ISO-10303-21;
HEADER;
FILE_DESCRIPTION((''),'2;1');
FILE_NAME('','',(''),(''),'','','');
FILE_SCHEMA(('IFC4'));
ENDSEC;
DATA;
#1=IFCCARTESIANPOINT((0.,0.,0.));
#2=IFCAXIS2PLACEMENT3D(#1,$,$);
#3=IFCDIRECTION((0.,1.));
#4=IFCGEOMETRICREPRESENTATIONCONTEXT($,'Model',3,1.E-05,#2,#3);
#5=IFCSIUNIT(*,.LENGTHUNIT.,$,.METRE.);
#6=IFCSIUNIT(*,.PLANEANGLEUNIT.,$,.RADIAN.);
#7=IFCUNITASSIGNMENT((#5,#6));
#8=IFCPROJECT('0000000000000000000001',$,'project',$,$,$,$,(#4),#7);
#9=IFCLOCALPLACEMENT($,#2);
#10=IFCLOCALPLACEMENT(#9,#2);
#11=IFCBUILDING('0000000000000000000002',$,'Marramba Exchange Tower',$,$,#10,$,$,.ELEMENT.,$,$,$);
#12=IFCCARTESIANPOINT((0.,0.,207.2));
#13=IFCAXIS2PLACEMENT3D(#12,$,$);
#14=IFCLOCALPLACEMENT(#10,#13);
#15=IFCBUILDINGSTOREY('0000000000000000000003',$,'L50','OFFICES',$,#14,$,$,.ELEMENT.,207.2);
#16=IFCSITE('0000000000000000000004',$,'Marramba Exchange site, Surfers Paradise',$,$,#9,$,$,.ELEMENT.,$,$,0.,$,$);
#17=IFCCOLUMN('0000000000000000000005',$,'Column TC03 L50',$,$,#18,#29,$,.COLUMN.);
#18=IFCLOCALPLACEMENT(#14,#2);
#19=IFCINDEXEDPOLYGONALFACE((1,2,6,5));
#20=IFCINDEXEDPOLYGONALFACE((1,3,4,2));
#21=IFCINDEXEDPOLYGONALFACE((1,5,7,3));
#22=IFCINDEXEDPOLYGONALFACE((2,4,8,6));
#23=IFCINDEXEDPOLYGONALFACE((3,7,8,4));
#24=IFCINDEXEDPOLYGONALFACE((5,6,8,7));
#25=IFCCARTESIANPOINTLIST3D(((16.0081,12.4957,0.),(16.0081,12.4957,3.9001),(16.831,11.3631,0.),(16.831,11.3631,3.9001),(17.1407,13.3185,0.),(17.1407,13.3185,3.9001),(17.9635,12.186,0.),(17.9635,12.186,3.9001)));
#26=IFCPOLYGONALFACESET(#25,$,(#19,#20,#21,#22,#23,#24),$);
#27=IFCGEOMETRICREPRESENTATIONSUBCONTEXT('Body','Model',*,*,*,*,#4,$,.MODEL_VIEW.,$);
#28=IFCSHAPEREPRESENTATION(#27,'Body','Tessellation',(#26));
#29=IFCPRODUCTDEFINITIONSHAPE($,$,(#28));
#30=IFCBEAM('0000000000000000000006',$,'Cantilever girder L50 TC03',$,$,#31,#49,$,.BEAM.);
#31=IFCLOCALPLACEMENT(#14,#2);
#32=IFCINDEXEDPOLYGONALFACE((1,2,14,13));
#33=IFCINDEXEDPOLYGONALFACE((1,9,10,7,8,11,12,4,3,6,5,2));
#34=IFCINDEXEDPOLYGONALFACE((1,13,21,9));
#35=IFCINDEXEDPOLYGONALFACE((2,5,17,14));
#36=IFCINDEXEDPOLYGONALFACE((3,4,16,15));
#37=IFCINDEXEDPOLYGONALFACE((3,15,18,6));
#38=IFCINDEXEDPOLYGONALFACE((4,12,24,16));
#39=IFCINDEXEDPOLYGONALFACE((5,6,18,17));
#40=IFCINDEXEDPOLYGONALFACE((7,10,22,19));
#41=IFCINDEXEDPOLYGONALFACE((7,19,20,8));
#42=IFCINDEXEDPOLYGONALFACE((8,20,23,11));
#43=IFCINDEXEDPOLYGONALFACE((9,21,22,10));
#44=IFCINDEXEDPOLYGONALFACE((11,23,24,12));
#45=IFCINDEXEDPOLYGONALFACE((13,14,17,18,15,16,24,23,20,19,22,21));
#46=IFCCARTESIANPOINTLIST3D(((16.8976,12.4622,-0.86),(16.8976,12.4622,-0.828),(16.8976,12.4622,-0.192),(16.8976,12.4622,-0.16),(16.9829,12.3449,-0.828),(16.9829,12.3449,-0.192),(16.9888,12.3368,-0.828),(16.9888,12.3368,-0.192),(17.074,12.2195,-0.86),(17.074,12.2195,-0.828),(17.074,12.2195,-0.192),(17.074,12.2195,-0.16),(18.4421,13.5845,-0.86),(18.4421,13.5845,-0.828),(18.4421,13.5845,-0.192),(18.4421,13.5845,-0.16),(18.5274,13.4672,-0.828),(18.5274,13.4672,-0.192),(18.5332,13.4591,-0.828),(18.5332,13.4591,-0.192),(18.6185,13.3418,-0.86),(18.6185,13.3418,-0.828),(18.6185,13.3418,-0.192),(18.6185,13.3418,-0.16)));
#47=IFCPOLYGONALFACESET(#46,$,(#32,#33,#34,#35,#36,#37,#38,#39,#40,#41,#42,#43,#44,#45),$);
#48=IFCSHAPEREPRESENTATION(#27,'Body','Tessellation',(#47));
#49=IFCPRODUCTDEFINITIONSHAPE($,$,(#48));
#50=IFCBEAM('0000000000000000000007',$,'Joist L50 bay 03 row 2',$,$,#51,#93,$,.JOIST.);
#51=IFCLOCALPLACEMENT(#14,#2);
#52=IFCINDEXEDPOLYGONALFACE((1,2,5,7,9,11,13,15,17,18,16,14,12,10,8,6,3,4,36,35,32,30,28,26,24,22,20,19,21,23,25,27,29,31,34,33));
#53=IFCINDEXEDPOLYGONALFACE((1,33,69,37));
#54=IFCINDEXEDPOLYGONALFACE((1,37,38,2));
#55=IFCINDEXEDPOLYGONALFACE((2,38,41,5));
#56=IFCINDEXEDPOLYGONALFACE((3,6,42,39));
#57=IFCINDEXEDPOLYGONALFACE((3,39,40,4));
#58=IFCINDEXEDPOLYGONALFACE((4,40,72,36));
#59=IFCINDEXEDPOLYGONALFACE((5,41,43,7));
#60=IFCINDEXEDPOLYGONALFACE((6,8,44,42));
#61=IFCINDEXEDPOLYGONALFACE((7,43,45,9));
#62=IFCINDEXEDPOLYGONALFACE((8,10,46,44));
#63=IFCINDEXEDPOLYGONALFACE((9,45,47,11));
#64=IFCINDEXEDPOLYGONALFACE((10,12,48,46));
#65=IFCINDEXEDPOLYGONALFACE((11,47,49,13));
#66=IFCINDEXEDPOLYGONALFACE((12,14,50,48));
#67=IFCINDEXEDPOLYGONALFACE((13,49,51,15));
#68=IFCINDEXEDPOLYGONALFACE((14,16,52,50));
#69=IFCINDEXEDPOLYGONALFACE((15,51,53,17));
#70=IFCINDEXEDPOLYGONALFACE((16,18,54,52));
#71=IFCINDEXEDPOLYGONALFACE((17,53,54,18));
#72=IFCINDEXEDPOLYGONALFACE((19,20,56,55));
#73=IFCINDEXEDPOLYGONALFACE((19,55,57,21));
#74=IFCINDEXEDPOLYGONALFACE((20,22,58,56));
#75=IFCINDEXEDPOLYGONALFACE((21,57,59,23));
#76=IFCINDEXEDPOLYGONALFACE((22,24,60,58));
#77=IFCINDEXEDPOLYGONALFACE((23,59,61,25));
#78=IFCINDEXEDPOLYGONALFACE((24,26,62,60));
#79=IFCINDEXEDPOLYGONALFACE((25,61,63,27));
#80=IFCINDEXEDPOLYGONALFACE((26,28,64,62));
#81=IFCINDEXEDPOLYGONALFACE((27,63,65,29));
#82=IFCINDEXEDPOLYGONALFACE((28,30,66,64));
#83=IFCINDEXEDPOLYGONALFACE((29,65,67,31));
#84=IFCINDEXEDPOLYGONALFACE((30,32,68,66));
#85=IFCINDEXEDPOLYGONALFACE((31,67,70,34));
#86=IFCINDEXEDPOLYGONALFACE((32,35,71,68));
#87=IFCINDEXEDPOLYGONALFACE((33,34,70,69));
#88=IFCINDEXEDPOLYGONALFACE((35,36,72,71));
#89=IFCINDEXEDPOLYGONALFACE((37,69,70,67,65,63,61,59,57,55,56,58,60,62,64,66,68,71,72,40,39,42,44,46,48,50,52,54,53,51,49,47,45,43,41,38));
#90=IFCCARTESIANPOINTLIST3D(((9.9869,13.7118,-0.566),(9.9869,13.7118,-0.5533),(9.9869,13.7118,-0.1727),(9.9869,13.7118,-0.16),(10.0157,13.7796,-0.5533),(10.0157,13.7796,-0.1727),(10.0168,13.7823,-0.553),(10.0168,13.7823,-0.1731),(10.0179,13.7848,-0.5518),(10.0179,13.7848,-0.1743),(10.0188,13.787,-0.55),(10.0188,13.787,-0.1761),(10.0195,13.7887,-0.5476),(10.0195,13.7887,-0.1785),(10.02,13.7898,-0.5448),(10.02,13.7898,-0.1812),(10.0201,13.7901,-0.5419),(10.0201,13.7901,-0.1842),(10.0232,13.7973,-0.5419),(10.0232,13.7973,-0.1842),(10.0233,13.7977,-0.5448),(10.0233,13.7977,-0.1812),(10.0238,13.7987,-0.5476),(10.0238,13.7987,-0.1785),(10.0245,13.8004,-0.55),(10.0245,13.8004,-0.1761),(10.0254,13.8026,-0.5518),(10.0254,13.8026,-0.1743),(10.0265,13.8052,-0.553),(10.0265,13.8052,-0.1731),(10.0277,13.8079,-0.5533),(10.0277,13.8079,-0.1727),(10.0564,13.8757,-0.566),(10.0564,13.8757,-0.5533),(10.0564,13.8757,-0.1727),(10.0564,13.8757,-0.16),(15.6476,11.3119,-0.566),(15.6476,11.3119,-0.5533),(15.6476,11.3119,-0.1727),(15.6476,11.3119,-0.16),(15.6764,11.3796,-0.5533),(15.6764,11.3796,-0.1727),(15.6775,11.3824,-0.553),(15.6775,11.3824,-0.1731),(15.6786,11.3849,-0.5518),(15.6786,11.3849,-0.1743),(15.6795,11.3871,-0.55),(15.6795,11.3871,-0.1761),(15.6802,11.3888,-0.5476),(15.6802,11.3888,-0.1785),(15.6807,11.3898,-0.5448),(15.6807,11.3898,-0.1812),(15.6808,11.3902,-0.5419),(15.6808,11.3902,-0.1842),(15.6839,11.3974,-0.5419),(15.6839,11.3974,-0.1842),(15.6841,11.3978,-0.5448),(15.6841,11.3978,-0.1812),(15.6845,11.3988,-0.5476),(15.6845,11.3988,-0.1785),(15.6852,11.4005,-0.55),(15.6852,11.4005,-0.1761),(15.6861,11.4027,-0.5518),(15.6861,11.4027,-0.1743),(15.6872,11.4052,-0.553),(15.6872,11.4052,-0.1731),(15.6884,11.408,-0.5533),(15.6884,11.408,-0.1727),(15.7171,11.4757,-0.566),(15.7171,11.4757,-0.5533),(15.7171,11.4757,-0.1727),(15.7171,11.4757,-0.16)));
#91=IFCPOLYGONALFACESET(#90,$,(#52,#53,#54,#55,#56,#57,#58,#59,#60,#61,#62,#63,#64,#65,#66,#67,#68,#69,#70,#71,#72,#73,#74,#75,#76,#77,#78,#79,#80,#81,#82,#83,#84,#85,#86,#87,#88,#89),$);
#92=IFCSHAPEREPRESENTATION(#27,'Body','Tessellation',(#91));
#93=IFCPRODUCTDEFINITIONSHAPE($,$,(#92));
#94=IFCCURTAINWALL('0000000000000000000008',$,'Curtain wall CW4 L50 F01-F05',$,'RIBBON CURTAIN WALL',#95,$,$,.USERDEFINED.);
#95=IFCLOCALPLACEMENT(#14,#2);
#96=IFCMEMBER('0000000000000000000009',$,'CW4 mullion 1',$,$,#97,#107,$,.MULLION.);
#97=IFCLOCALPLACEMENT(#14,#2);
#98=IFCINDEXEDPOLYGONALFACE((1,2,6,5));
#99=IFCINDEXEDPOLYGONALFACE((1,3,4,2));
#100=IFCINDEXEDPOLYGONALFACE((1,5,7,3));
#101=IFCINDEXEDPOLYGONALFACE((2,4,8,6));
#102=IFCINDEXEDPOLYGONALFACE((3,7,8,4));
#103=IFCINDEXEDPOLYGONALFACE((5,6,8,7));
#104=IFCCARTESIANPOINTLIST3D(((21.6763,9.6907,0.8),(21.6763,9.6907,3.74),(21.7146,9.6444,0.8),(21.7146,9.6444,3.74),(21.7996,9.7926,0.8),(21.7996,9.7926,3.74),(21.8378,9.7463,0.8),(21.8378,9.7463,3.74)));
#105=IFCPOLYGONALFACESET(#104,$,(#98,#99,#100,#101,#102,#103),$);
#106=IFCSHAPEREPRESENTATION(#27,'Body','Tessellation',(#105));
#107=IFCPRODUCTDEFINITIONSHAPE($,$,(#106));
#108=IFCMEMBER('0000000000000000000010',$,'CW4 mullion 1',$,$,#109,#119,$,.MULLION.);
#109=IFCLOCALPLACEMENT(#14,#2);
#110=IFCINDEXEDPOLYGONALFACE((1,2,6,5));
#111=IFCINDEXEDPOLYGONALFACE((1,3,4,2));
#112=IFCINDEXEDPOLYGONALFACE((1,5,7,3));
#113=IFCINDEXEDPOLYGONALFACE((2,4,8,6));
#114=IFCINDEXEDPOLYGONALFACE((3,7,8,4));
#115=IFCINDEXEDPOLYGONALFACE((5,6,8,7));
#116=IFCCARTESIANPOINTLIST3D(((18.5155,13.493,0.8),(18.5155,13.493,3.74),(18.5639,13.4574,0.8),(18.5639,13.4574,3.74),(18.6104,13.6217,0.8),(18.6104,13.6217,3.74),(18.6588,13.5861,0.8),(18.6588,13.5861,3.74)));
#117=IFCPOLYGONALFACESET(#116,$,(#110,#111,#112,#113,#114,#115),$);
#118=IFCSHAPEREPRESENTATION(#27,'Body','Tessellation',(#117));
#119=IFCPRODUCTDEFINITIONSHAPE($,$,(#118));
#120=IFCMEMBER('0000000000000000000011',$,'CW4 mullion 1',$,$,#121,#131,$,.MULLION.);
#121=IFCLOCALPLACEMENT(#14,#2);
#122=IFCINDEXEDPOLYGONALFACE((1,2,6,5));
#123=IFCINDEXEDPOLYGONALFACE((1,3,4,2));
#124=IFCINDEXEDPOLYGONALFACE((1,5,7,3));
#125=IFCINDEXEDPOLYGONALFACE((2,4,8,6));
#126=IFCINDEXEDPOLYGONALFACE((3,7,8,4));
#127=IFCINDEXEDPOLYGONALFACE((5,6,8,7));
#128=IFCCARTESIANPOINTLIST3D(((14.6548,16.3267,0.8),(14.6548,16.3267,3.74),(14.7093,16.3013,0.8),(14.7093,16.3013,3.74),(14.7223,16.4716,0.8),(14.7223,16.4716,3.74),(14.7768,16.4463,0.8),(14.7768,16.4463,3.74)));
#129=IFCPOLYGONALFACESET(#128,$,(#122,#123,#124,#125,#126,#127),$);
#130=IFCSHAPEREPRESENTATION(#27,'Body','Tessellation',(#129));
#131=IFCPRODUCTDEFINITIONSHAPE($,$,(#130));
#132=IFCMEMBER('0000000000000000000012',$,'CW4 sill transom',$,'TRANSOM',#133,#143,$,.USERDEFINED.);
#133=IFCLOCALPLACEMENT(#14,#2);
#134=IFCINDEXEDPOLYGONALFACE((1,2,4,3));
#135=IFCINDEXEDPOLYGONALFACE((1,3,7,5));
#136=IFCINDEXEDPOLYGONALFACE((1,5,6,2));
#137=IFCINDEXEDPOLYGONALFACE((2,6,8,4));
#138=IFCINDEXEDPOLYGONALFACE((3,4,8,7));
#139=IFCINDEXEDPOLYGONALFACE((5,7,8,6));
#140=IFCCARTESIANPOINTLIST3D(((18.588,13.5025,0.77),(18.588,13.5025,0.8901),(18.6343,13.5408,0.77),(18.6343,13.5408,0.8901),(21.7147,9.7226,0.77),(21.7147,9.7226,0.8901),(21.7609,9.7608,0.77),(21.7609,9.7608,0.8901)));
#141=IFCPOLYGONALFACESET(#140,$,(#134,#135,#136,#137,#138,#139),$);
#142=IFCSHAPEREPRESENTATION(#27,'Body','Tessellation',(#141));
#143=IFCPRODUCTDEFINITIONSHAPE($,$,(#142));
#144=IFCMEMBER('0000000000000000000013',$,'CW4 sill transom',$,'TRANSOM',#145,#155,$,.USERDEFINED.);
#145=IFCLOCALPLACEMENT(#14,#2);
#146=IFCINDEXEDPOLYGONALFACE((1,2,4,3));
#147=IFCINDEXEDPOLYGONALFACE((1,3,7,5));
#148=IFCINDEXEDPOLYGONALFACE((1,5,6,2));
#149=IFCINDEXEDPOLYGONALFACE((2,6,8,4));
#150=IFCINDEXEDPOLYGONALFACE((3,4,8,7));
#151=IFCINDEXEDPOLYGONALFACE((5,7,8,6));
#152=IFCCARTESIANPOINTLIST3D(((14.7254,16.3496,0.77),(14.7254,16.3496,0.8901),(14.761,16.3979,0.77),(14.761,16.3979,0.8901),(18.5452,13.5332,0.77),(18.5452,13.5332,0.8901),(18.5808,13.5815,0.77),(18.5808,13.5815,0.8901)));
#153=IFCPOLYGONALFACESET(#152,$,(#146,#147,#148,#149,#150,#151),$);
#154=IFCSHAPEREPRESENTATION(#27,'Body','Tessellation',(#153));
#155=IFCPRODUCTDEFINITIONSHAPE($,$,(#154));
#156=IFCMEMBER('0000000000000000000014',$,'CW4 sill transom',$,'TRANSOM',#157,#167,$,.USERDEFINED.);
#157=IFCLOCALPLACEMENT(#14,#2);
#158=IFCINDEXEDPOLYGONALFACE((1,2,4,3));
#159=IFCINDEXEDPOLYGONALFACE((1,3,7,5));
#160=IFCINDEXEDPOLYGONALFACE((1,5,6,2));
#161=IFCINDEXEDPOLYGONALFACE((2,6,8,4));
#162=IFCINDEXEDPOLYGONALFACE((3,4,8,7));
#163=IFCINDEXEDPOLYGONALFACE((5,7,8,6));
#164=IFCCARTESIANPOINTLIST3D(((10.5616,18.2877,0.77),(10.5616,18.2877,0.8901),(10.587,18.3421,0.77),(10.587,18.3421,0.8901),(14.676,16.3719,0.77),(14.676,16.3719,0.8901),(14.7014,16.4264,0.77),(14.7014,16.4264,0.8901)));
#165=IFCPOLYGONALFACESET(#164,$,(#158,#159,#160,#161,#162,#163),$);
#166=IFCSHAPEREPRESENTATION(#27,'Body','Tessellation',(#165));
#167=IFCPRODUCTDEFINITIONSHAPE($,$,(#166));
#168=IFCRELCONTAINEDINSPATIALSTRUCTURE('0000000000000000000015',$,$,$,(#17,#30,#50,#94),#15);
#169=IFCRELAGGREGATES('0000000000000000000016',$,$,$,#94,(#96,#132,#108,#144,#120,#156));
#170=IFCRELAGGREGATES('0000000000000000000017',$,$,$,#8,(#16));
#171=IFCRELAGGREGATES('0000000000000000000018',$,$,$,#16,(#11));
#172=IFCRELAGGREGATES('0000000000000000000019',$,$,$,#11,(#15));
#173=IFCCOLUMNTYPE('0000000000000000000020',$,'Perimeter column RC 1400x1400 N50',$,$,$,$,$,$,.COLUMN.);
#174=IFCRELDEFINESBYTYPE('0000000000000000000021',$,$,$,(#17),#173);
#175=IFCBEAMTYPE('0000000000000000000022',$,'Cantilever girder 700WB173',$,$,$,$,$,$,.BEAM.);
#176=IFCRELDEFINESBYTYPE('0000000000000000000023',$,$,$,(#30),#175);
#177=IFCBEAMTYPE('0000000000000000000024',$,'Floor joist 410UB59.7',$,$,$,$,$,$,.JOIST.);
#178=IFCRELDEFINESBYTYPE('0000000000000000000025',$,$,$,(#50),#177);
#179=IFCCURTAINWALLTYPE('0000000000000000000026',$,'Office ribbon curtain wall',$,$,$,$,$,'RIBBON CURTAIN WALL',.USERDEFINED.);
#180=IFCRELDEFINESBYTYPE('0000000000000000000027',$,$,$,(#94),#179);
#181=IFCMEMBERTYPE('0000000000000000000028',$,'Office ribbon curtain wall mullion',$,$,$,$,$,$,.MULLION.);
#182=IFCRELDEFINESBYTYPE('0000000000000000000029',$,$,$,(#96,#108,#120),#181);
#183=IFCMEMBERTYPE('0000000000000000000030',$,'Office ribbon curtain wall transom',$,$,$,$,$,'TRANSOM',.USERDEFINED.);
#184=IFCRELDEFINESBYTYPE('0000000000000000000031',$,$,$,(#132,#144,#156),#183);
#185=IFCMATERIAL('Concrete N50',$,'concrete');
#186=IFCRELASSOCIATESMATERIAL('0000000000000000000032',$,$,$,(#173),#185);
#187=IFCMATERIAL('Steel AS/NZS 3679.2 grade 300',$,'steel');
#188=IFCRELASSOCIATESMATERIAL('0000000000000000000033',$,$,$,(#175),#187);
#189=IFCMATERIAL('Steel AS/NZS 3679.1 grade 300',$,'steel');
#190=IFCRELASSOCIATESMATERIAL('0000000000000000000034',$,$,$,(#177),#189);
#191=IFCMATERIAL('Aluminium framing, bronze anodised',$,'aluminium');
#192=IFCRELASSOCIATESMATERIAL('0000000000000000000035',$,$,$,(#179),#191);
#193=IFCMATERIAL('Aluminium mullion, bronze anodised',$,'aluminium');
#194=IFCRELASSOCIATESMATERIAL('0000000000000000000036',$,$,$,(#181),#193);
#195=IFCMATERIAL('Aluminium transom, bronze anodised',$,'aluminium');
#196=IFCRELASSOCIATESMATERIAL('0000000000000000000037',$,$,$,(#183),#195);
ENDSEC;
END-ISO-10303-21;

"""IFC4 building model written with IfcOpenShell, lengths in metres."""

from ifc_helpers import new_model, si_unit, direction, frame, origin, origin_2d, place, context, subcontext, project, spatial, rectangle, i_section, extrude, material, material_profile, profile_set, type_object, element, aggregate, save


model = new_model("IFC4")

# Units and contexts
model_context = context("Model", 3, precision=1e-05, world=origin(), true_north=direction((0.0, 1.0)))
body_context = subcontext(model_context, "Body", "Model", "MODEL_VIEW")
ifc_project = project(units=[si_unit("LENGTHUNIT", "METRE"), si_unit("PLANEANGLEUNIT", "RADIAN")], contexts=[model_context])

# Site, building, storey
site_placement = place(None, origin())
site = spatial("IfcSite", under=ifc_project, at=site_placement, Name="Marramba Exchange site, Surfers Paradise", CompositionType="ELEMENT", RefElevation=0.0)
building_placement = place(site_placement, origin())
building = spatial("IfcBuilding", under=site, at=building_placement, Name="Marramba Exchange Tower", CompositionType="ELEMENT")
storey_placement = place(building_placement, frame((0.0, 0.0, 207.2)))
storey = spatial("IfcBuildingStorey", under=building, at=storey_placement, Name="L50", Description="OFFICES", CompositionType="ELEMENT", Elevation=207.2)

# Column
ifc_material_1 = material(Name="Concrete N50", Category="concrete")
ifc_material_profile_1 = material_profile(ifc_material_1, rectangle(XDim=1.3999, YDim=1.3999, at=origin_2d()), Name="RC 1400x1400")
ifc_profile_set_1 = profile_set([ifc_material_profile_1], Name="Concrete N50")
column_type = type_object("IfcColumnType", Name="Perimeter column RC 1400x1400 N50", PredefinedType="COLUMN", material=ifc_profile_set_1)
column_placement = place(storey_placement, frame((16.9858, 12.3408, 0.0), z_axis=(0.0, 0.0, 1.0), x_axis=(0.809017, 0.587785, 0.0)))
element("IfcColumn", 1, at=column_placement, inside=storey, type_object=column_type, Name="Column TC03 L50", PredefinedType="COLUMN", context=body_context, shape_type="SweptSolid", body=[
    extrude(rectangle(XDim=1.3999, YDim=1.3999, at=origin_2d()), origin(), (0.0, 0.0, 1.0), 3.9001),
])

# Beams
ifc_material_2 = material(Name="Steel AS/NZS 3679.2 grade 300", Category="steel")
ifc_material_profile_2 = material_profile(ifc_material_2, i_section(OverallWidth=0.3, OverallDepth=0.7, WebThickness=0.01, FlangeThickness=0.032, at=origin_2d()), Name="700WB173")
ifc_profile_set_2 = profile_set([ifc_material_profile_2], Name="Steel AS/NZS 3679.2 grade 300")
beam_type_1 = type_object("IfcBeamType", Name="Cantilever girder 700WB173", PredefinedType="BEAM", material=ifc_profile_set_2)
beam_1_placement = place(storey_placement, frame((16.9858, 12.3408, -0.51), z_axis=(0.808963, 0.58786, 0.0), x_axis=(-0.58786, 0.808963, 0.0)))
element("IfcBeam", 2, at=beam_1_placement, inside=storey, type_object=beam_type_1, Name="Cantilever girder L50 TC03", PredefinedType="BEAM", context=body_context, shape_type="SweptSolid", body=[
    extrude(i_section(OverallWidth=0.3, OverallDepth=0.7, WebThickness=0.01, FlangeThickness=0.032, at=origin_2d()), origin(), (0.0, 0.0, 1.0), 1.9092),
])
ifc_material_3 = material(Name="Steel AS/NZS 3679.1 grade 300", Category="steel")
ifc_material_profile_3 = material_profile(ifc_material_3, i_section(OverallWidth=0.178, OverallDepth=0.406, WebThickness=0.0078, FlangeThickness=0.0127, FilletRadius=0.0115, at=origin_2d()), Name="410UB59.7")
ifc_profile_set_3 = profile_set([ifc_material_profile_3], Name="Steel AS/NZS 3679.1 grade 300")
beam_type_2 = type_object("IfcBeamType", Name="Floor joist 410UB59.7", PredefinedType="JOIST", material=ifc_profile_set_3)
beam_2_placement = place(storey_placement, frame((15.6824, 11.3938, -0.363), z_axis=(-0.920674, 0.390332, 0.0), x_axis=(-0.390332, -0.920674, 0.0)))
element("IfcBeam", 3, at=beam_2_placement, inside=storey, type_object=beam_type_2, Name="Joist L50 bay 03 row 2", PredefinedType="JOIST", context=body_context, shape_type="SweptSolid", body=[
    extrude(i_section(OverallWidth=0.178, OverallDepth=0.406, WebThickness=0.0078, FlangeThickness=0.0127, FilletRadius=0.0115, at=origin_2d()), origin(), (0.0, 0.0, 1.0), 6.1484),
])

# Curtain wall, members
ifc_material_4 = material(Name="Aluminium framing, bronze anodised", Category="aluminium")
curtain_wall_type = type_object("IfcCurtainWallType", Name="Office ribbon curtain wall", ElementType="RIBBON CURTAIN WALL", PredefinedType="USERDEFINED", material=ifc_material_4)
curtain_wall_placement = place(storey_placement, origin())
curtain_wall = element("IfcCurtainWall", 4, at=curtain_wall_placement, inside=storey, type_object=curtain_wall_type, Name="Curtain wall CW4 L50 F01-F05", ObjectType="RIBBON CURTAIN WALL", PredefinedType="USERDEFINED")
ifc_material_5 = material(Name="Aluminium mullion, bronze anodised", Category="aluminium")
ifc_material_profile_4 = material_profile(ifc_material_5, rectangle(XDim=0.1599, YDim=0.0601, at=origin_2d()), Name="CW4 mullion 60x160")
ifc_profile_set_4 = profile_set([ifc_material_profile_4], Name="Aluminium mullion, bronze anodised")
member_type_1 = type_object("IfcMemberType", Name="Office ribbon curtain wall mullion", PredefinedType="MULLION", material=ifc_profile_set_4)
member_1_placement = place(storey_placement, frame((21.7571, 9.7185, 0.8), z_axis=(0.0, 0.0, 1.0), x_axis=(-0.770574, -0.63735, 0.0)))
member_1 = element("IfcMember", 5, at=member_1_placement, type_object=member_type_1, Name="CW4 mullion 1", PredefinedType="MULLION", context=body_context, shape_type="SweptSolid", body=[
    extrude(rectangle(XDim=0.1599, YDim=0.0601, at=origin_2d()), origin(), (0.0, 0.0, 1.0), 2.9399),
])
member_2_placement = place(storey_placement, frame((18.5872, 13.5396, 0.8), z_axis=(0.0, 0.0, 1.0), x_axis=(-0.593441, -0.804877, 0.0)))
member_2 = element("IfcMember", 6, at=member_2_placement, type_object=member_type_1, Name="CW4 mullion 1", PredefinedType="MULLION", context=body_context, shape_type="SweptSolid", body=[
    extrude(rectangle(XDim=0.1599, YDim=0.0601, at=origin_2d()), origin(), (0.0, 0.0, 1.0), 2.9399),
])
member_3_placement = place(storey_placement, frame((14.7158, 16.3865, 0.8), z_axis=(0.0, 0.0, 1.0), x_axis=(-0.422133, -0.906534, 0.0)))
member_3 = element("IfcMember", 7, at=member_3_placement, type_object=member_type_1, Name="CW4 mullion 1", PredefinedType="MULLION", context=body_context, shape_type="SweptSolid", body=[
    extrude(rectangle(XDim=0.1599, YDim=0.0601, at=origin_2d()), origin(), (0.0, 0.0, 1.0), 2.9399),
])
ifc_material_6 = material(Name="Aluminium transom, bronze anodised", Category="aluminium")
ifc_material_profile_5 = material_profile(ifc_material_6, rectangle(XDim=0.0601, YDim=0.1201, at=origin_2d()), Name="CW4 transom 60x120")
ifc_profile_set_5 = profile_set([ifc_material_profile_5], Name="Aluminium transom, bronze anodised")
member_type_2 = type_object("IfcMemberType", Name="Office ribbon curtain wall transom", ElementType="TRANSOM", PredefinedType="USERDEFINED", material=ifc_profile_set_5)
member_4_placement = place(storey_placement, frame((21.7378, 9.7417, 0.8301), z_axis=(-0.637375, 0.770554, 0.0), x_axis=(-0.770554, -0.637375, 0.0)))
member_4 = element("IfcMember", 8, at=member_4_placement, type_object=member_type_2, Name="CW4 sill transom", ObjectType="TRANSOM", PredefinedType="USERDEFINED", context=body_context, shape_type="SweptSolid", body=[
    extrude(rectangle(XDim=0.0601, YDim=0.1201, at=origin_2d()), origin(), (0.0, 0.0, 1.0), 4.9055),
])
member_5_placement = place(storey_placement, frame((18.563, 13.5574, 0.8301), z_axis=(-0.804875, 0.593445, 0.0), x_axis=(-0.593445, -0.804875, 0.0)))
member_5 = element("IfcMember", 9, at=member_5_placement, type_object=member_type_2, Name="CW4 sill transom", ObjectType="TRANSOM", PredefinedType="USERDEFINED", context=body_context, shape_type="SweptSolid", body=[
    extrude(rectangle(XDim=0.0601, YDim=0.1201, at=origin_2d()), origin(), (0.0, 0.0, 1.0), 4.7458),
])
member_6_placement = place(storey_placement, frame((14.6887, 16.3992, 0.8301), z_axis=(-0.906548, 0.422102, 0.0), x_axis=(-0.422102, -0.906548, 0.0)))
member_6 = element("IfcMember", 10, at=member_6_placement, type_object=member_type_2, Name="CW4 sill transom", ObjectType="TRANSOM", PredefinedType="USERDEFINED", context=body_context, shape_type="SweptSolid", body=[
    extrude(rectangle(XDim=0.0601, YDim=0.1201, at=origin_2d()), origin(), (0.0, 0.0, 1.0), 4.5386),
])

aggregate(curtain_wall, [member_1, member_4, member_2, member_5, member_3, member_6])

save(model, "model.ifc")
